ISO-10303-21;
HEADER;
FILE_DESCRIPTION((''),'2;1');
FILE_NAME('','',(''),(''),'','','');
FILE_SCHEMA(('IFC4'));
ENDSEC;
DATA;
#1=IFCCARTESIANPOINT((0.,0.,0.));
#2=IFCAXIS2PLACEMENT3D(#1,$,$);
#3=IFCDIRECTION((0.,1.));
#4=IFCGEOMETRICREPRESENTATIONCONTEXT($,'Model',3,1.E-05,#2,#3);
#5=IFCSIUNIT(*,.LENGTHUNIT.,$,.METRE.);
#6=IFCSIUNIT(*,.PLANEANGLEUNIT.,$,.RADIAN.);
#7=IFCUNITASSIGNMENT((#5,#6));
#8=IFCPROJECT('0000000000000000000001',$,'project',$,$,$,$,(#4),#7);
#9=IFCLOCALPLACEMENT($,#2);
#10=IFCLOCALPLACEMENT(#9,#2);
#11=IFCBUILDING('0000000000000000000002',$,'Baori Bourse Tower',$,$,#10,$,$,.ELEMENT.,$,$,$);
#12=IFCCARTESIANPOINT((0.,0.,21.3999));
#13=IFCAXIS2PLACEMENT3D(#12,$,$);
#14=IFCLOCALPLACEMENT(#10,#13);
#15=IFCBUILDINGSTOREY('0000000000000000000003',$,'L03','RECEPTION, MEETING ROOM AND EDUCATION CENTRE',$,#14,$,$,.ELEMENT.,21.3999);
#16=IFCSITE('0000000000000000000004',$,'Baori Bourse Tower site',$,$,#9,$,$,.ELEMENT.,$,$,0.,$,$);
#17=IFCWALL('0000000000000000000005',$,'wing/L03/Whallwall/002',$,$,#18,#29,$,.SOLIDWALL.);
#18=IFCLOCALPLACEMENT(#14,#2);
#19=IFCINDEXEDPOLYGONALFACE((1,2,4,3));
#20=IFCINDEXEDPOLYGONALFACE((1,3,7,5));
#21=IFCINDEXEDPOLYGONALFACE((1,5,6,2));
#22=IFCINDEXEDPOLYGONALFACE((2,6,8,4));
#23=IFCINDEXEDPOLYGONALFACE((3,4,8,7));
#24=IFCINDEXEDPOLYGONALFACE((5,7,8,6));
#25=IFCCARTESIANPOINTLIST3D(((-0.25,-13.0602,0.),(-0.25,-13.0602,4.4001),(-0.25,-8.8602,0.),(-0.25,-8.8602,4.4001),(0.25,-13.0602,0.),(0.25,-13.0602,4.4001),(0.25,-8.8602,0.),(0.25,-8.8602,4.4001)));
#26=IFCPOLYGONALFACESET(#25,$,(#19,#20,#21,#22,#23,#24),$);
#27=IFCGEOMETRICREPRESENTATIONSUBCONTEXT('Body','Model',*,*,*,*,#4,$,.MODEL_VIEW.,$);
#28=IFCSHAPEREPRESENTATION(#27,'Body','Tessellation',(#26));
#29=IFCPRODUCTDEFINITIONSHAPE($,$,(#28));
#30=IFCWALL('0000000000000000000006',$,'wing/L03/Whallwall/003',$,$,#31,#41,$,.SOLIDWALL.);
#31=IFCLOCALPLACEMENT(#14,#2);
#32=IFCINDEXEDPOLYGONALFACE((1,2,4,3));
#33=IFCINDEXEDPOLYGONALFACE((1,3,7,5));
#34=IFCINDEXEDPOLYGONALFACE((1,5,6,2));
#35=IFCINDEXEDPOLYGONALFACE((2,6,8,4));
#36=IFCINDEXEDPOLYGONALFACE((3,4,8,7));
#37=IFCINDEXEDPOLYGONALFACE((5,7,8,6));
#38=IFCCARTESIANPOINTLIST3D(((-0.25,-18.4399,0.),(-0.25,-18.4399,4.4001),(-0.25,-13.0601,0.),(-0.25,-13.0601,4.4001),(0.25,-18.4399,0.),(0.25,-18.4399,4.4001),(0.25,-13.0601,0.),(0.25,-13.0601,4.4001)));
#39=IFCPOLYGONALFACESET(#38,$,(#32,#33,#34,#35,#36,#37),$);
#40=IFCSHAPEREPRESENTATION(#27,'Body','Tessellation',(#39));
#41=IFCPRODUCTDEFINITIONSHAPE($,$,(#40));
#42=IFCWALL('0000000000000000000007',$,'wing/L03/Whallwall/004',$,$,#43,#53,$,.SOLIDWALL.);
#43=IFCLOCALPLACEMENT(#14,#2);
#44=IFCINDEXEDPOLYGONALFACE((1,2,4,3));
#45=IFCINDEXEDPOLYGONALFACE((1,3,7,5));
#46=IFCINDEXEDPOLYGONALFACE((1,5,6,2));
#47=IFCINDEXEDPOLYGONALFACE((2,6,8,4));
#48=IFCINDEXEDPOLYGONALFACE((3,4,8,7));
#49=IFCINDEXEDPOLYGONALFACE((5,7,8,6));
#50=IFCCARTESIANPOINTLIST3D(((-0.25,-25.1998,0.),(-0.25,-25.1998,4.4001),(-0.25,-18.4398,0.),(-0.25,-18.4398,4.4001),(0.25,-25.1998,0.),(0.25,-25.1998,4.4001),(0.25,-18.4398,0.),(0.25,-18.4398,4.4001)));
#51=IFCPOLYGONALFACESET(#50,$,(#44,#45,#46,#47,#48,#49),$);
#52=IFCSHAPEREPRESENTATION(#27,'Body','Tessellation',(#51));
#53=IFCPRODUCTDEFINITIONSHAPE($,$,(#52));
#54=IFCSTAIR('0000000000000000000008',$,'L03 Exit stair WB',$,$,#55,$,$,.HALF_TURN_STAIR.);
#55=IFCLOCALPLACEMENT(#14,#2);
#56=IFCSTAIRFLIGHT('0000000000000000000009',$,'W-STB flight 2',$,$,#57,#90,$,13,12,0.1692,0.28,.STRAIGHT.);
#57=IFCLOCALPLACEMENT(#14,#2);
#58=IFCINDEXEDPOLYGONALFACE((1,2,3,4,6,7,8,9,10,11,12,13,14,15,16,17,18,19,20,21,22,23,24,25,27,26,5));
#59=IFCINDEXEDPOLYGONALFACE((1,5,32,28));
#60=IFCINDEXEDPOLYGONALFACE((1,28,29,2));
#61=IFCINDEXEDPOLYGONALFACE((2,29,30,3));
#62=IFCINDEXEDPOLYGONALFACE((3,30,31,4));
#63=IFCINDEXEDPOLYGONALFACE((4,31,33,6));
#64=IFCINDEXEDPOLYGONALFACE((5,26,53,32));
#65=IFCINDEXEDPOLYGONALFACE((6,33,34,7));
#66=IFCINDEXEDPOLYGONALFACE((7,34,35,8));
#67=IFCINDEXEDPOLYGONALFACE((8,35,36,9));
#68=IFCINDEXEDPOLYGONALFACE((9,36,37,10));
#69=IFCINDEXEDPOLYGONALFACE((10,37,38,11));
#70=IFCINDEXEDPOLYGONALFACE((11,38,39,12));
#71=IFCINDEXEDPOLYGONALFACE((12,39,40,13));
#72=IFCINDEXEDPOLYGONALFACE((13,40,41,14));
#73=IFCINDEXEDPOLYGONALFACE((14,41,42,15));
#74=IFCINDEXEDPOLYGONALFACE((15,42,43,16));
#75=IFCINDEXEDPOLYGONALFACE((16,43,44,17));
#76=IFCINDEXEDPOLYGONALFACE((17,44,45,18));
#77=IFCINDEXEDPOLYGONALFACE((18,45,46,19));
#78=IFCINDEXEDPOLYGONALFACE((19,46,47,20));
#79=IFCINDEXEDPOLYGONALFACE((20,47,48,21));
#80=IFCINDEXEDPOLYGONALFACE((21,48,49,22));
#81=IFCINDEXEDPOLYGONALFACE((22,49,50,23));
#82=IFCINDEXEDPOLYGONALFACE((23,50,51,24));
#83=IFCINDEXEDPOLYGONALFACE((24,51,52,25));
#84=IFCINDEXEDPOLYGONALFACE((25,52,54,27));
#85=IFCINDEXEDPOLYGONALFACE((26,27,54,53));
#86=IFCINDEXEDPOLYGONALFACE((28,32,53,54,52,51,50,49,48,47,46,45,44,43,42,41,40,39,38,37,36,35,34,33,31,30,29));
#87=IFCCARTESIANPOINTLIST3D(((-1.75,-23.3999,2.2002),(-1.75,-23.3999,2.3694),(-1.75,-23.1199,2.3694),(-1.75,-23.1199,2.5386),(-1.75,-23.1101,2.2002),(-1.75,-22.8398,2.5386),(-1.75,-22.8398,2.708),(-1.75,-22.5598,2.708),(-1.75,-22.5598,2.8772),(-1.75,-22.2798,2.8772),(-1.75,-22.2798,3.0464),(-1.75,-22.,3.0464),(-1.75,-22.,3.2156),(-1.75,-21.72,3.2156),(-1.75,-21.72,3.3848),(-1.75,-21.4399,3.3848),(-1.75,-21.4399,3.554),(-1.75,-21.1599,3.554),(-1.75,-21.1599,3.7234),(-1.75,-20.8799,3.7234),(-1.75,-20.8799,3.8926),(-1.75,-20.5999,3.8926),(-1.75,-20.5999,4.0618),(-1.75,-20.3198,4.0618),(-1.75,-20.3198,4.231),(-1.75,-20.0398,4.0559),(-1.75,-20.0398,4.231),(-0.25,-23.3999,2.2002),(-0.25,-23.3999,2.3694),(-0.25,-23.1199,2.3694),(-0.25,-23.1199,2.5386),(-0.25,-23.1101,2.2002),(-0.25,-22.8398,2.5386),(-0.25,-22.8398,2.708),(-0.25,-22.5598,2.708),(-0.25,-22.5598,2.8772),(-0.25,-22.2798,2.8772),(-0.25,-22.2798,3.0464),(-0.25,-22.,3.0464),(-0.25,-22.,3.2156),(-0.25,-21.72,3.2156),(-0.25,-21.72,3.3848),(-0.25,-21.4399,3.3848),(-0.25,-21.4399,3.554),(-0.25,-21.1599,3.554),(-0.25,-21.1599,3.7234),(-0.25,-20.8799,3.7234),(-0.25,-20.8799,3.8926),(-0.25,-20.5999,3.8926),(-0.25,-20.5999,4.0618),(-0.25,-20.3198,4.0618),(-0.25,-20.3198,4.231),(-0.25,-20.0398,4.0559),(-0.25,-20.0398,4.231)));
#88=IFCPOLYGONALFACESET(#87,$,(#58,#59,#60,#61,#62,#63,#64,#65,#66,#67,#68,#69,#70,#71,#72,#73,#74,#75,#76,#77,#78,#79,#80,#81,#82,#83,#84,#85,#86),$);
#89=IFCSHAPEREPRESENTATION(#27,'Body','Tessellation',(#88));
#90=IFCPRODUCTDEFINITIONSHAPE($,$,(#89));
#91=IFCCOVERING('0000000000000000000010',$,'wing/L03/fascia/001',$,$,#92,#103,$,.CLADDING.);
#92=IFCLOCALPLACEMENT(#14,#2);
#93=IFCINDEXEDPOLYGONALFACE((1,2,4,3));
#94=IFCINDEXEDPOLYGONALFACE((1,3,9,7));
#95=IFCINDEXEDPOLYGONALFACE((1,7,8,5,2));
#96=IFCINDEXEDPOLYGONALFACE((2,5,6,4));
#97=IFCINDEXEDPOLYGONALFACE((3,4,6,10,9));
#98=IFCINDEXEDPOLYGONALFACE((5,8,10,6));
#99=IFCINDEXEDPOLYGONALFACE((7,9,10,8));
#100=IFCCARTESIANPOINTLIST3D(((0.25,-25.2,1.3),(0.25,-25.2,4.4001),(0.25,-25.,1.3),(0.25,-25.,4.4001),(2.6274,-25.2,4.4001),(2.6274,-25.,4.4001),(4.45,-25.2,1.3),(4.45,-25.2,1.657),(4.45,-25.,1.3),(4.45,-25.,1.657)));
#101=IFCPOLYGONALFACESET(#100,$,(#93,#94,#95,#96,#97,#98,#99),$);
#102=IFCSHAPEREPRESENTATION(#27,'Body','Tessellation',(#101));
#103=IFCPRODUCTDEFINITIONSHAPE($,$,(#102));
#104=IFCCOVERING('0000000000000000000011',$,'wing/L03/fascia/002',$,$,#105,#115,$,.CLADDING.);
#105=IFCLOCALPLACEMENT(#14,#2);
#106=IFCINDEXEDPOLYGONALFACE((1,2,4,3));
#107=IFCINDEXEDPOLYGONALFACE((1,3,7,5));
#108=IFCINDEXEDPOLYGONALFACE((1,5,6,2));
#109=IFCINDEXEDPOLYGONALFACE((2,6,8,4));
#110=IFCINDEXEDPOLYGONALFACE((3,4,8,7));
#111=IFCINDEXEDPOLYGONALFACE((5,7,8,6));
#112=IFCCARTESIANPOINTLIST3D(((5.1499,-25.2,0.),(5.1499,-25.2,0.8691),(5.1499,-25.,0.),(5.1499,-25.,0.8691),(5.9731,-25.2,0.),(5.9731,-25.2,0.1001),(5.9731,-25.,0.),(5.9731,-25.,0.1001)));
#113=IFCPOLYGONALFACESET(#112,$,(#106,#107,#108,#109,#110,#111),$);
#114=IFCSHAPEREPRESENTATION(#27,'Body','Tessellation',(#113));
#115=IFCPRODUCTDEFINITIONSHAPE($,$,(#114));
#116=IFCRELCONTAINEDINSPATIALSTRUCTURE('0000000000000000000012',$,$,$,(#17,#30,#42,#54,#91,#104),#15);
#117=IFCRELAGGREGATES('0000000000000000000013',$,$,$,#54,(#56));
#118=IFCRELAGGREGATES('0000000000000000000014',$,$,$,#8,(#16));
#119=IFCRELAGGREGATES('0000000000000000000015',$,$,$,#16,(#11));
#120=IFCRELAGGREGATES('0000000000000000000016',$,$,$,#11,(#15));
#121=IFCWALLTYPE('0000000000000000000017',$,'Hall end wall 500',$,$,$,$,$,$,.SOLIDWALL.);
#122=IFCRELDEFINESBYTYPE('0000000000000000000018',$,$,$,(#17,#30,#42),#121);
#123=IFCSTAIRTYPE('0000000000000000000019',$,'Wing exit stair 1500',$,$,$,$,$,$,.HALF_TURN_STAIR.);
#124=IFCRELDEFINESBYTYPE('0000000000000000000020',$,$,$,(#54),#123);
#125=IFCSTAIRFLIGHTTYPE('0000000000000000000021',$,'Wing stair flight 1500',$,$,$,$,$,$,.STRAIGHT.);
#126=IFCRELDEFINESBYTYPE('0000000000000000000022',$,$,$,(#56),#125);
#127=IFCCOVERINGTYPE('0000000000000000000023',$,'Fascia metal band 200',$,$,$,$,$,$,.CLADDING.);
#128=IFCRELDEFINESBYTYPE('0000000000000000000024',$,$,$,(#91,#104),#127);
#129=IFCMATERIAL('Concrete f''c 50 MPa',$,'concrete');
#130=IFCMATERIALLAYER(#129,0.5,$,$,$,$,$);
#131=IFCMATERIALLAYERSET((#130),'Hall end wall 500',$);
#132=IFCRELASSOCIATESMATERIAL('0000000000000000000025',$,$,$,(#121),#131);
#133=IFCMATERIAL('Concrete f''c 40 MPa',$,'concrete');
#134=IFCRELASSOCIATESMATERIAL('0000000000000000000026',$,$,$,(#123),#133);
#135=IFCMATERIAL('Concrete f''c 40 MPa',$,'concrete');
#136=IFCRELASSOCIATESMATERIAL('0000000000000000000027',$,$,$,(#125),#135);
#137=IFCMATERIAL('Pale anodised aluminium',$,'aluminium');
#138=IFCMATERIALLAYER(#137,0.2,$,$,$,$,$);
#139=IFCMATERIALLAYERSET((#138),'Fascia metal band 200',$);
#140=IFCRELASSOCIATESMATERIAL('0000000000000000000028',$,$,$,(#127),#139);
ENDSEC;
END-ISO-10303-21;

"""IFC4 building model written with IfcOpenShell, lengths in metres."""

from ifc_helpers import new_model, si_unit, direction, frame, frame_2d, origin, place, context, subcontext, project, spatial, polyline, rectangle, outline, extrude, material, layer, layer_set, type_object, element, aggregate, save


model = new_model("IFC4")

# Units and contexts
model_context = context("Model", 3, precision=1e-05, world=origin(), true_north=direction((0.0, 1.0)))
body_context = subcontext(model_context, "Body", "Model", "MODEL_VIEW")
ifc_project = project(units=[si_unit("LENGTHUNIT", "METRE"), si_unit("PLANEANGLEUNIT", "RADIAN")], contexts=[model_context])

# Site, building, storey
site_placement = place(None, origin())
site = spatial("IfcSite", under=ifc_project, at=site_placement, Name="Baori Bourse Tower site", CompositionType="ELEMENT", RefElevation=0.0)
building_placement = place(site_placement, origin())
building = spatial("IfcBuilding", under=site, at=building_placement, Name="Baori Bourse Tower", CompositionType="ELEMENT")
storey_placement = place(building_placement, frame((0.0, 0.0, 21.3999)))
storey = spatial("IfcBuildingStorey", under=building, at=storey_placement, Name="L03", Description="RECEPTION, MEETING ROOM AND EDUCATION CENTRE", CompositionType="ELEMENT", Elevation=21.3999)

# Walls
ifc_material_1 = material(Name="Concrete f'c 50 MPa", Category="concrete")
ifc_layer_1 = layer(ifc_material_1, 0.5)
ifc_layer_set_1 = layer_set([ifc_layer_1], Name="Hall end wall 500")
wall_type = type_object("IfcWallType", Name="Hall end wall 500", PredefinedType="SOLIDWALL", material=ifc_layer_set_1)
wall_1_placement = place(storey_placement, frame((0.0, -8.8601, 0.0), z_axis=(0.0, 0.0, 1.0), x_axis=(0.0, -1.0, 0.0)))
element("IfcWall", 1, at=wall_1_placement, inside=storey, type_object=wall_type, Name="wing/L03/Whallwall/002", PredefinedType="SOLIDWALL", context=body_context, shape_type="SweptSolid", body=[
    extrude(rectangle(XDim=4.2, YDim=0.5, at=frame_2d((2.1001, 0.0))), origin(), (0.0, 0.0, 1.0), 4.4001),
])
wall_2_placement = place(storey_placement, frame((0.0, -13.0601, 0.0), z_axis=(0.0, 0.0, 1.0), x_axis=(0.0, -1.0, 0.0)))
element("IfcWall", 2, at=wall_2_placement, inside=storey, type_object=wall_type, Name="wing/L03/Whallwall/003", PredefinedType="SOLIDWALL", context=body_context, shape_type="SweptSolid", body=[
    extrude(rectangle(XDim=5.3799, YDim=0.5, at=frame_2d((2.6899, 0.0))), origin(), (0.0, 0.0, 1.0), 4.4001),
])
wall_3_placement = place(storey_placement, frame((0.0, -18.4399, 0.0), z_axis=(0.0, 0.0, 1.0), x_axis=(0.0, -1.0, 0.0)))
element("IfcWall", 3, at=wall_3_placement, inside=storey, type_object=wall_type, Name="wing/L03/Whallwall/004", PredefinedType="SOLIDWALL", context=body_context, shape_type="SweptSolid", body=[
    extrude(rectangle(XDim=6.76, YDim=0.5, at=frame_2d((3.3799, 0.0))), origin(), (0.0, 0.0, 1.0), 4.4001),
])

# Stair, stair flight
ifc_material_2 = material(Name="Concrete f'c 40 MPa", Category="concrete")
stair_type = type_object("IfcStairType", Name="Wing exit stair 1500", PredefinedType="HALF_TURN_STAIR", material=ifc_material_2)
stair_placement = place(storey_placement, origin())
stair = element("IfcStair", 4, at=stair_placement, inside=storey, type_object=stair_type, Name="L03 Exit stair WB", PredefinedType="HALF_TURN_STAIR")
ifc_material_3 = material(Name="Concrete f'c 40 MPa", Category="concrete")
stair_flight_type = type_object("IfcStairFlightType", Name="Wing stair flight 1500", PredefinedType="STRAIGHT", material=ifc_material_3)
stair_flight_placement = place(storey_placement, frame((-1.0, -23.3999, 2.2002), z_axis=(0.0, 0.0, 1.0), x_axis=(0.0, 1.0, 0.0)))
stair_flight = element("IfcStairFlight", 5, at=stair_flight_placement, type_object=stair_flight_type, Name="W-STB flight 2", NumberOfRisers=13, NumberOfTreads=12, PredefinedType="STRAIGHT", RiserHeight=0.1692, TreadLength=0.28, context=body_context, shape_type="SweptSolid", body=[
    extrude(outline(polyline([(0.0, 0.0), (0.0, 0.1692), (0.28, 0.1692), (0.28, 0.3384), (0.5601, 0.3384), (0.5601, 0.5078), (0.8401, 0.5078), (0.8401, 0.677), (1.1201, 0.677), (1.1201, 0.8462), (1.3999, 0.8462), (1.3999, 1.0154), (1.6799, 1.0154), (1.6799, 1.1846), (1.96, 1.1846), (1.96, 1.3538), (2.24, 1.3538), (2.24, 1.5232), (2.52, 1.5232), (2.52, 1.6924), (2.8, 1.6924), (2.8, 1.8616), (3.0801, 1.8616), (3.0801, 2.0308), (3.3601, 2.0308), (3.3601, 2.2), (3.3601, 1.8557), (0.2898, 0.0), (0.0, 0.0)])), frame((0.0, 0.75, 0.0), z_axis=(0.0, -1.0, 0.0), x_axis=(1.0, 0.0, 0.0)), (0.0, 0.0, 1.0), 1.5),
])
aggregate(stair, [stair_flight])

# Coverings
ifc_material_4 = material(Name="Pale anodised aluminium", Category="aluminium")
ifc_layer_2 = layer(ifc_material_4, 0.2)
ifc_layer_set_2 = layer_set([ifc_layer_2], Name="Fascia metal band 200")
covering_type = type_object("IfcCoveringType", Name="Fascia metal band 200", PredefinedType="CLADDING", material=ifc_layer_set_2)
covering_1_placement = place(storey_placement, frame((0.25, -25.1001, 1.3), z_axis=(0.0, 0.0, 1.0), x_axis=(1.0, 0.0, 0.0)))
element("IfcCovering", 6, at=covering_1_placement, inside=storey, type_object=covering_type, Name="wing/L03/fascia/001", PredefinedType="CLADDING", context=body_context, shape_type="SweptSolid", body=[
    extrude(outline(polyline([(0.0, 0.0), (4.2, 0.0), (4.2, 0.3569), (2.3774, 3.1001), (0.0, 3.1001), (0.0, 0.0)])), frame((0.0, 0.1001, 0.0), z_axis=(0.0, -1.0, 0.0), x_axis=(1.0, 0.0, 0.0)), (0.0, 0.0, 1.0), 0.2),
])
covering_2_placement = place(storey_placement, frame((5.1499, -25.1001, 0.0), z_axis=(0.0, 0.0, 1.0), x_axis=(1.0, 0.0, 0.0)))
element("IfcCovering", 7, at=covering_2_placement, inside=storey, type_object=covering_type, Name="wing/L03/fascia/002", PredefinedType="CLADDING", context=body_context, shape_type="SweptSolid", body=[
    extrude(outline(polyline([(0.0, 0.0), (0.8232, 0.0), (0.8232, 0.1001), (0.0, 0.8691), (0.0, 0.0)])), frame((0.0, 0.1001, 0.0), z_axis=(0.0, -1.0, 0.0), x_axis=(1.0, 0.0, 0.0)), (0.0, 0.0, 1.0), 0.2),
])

save(model, "model.ifc")
